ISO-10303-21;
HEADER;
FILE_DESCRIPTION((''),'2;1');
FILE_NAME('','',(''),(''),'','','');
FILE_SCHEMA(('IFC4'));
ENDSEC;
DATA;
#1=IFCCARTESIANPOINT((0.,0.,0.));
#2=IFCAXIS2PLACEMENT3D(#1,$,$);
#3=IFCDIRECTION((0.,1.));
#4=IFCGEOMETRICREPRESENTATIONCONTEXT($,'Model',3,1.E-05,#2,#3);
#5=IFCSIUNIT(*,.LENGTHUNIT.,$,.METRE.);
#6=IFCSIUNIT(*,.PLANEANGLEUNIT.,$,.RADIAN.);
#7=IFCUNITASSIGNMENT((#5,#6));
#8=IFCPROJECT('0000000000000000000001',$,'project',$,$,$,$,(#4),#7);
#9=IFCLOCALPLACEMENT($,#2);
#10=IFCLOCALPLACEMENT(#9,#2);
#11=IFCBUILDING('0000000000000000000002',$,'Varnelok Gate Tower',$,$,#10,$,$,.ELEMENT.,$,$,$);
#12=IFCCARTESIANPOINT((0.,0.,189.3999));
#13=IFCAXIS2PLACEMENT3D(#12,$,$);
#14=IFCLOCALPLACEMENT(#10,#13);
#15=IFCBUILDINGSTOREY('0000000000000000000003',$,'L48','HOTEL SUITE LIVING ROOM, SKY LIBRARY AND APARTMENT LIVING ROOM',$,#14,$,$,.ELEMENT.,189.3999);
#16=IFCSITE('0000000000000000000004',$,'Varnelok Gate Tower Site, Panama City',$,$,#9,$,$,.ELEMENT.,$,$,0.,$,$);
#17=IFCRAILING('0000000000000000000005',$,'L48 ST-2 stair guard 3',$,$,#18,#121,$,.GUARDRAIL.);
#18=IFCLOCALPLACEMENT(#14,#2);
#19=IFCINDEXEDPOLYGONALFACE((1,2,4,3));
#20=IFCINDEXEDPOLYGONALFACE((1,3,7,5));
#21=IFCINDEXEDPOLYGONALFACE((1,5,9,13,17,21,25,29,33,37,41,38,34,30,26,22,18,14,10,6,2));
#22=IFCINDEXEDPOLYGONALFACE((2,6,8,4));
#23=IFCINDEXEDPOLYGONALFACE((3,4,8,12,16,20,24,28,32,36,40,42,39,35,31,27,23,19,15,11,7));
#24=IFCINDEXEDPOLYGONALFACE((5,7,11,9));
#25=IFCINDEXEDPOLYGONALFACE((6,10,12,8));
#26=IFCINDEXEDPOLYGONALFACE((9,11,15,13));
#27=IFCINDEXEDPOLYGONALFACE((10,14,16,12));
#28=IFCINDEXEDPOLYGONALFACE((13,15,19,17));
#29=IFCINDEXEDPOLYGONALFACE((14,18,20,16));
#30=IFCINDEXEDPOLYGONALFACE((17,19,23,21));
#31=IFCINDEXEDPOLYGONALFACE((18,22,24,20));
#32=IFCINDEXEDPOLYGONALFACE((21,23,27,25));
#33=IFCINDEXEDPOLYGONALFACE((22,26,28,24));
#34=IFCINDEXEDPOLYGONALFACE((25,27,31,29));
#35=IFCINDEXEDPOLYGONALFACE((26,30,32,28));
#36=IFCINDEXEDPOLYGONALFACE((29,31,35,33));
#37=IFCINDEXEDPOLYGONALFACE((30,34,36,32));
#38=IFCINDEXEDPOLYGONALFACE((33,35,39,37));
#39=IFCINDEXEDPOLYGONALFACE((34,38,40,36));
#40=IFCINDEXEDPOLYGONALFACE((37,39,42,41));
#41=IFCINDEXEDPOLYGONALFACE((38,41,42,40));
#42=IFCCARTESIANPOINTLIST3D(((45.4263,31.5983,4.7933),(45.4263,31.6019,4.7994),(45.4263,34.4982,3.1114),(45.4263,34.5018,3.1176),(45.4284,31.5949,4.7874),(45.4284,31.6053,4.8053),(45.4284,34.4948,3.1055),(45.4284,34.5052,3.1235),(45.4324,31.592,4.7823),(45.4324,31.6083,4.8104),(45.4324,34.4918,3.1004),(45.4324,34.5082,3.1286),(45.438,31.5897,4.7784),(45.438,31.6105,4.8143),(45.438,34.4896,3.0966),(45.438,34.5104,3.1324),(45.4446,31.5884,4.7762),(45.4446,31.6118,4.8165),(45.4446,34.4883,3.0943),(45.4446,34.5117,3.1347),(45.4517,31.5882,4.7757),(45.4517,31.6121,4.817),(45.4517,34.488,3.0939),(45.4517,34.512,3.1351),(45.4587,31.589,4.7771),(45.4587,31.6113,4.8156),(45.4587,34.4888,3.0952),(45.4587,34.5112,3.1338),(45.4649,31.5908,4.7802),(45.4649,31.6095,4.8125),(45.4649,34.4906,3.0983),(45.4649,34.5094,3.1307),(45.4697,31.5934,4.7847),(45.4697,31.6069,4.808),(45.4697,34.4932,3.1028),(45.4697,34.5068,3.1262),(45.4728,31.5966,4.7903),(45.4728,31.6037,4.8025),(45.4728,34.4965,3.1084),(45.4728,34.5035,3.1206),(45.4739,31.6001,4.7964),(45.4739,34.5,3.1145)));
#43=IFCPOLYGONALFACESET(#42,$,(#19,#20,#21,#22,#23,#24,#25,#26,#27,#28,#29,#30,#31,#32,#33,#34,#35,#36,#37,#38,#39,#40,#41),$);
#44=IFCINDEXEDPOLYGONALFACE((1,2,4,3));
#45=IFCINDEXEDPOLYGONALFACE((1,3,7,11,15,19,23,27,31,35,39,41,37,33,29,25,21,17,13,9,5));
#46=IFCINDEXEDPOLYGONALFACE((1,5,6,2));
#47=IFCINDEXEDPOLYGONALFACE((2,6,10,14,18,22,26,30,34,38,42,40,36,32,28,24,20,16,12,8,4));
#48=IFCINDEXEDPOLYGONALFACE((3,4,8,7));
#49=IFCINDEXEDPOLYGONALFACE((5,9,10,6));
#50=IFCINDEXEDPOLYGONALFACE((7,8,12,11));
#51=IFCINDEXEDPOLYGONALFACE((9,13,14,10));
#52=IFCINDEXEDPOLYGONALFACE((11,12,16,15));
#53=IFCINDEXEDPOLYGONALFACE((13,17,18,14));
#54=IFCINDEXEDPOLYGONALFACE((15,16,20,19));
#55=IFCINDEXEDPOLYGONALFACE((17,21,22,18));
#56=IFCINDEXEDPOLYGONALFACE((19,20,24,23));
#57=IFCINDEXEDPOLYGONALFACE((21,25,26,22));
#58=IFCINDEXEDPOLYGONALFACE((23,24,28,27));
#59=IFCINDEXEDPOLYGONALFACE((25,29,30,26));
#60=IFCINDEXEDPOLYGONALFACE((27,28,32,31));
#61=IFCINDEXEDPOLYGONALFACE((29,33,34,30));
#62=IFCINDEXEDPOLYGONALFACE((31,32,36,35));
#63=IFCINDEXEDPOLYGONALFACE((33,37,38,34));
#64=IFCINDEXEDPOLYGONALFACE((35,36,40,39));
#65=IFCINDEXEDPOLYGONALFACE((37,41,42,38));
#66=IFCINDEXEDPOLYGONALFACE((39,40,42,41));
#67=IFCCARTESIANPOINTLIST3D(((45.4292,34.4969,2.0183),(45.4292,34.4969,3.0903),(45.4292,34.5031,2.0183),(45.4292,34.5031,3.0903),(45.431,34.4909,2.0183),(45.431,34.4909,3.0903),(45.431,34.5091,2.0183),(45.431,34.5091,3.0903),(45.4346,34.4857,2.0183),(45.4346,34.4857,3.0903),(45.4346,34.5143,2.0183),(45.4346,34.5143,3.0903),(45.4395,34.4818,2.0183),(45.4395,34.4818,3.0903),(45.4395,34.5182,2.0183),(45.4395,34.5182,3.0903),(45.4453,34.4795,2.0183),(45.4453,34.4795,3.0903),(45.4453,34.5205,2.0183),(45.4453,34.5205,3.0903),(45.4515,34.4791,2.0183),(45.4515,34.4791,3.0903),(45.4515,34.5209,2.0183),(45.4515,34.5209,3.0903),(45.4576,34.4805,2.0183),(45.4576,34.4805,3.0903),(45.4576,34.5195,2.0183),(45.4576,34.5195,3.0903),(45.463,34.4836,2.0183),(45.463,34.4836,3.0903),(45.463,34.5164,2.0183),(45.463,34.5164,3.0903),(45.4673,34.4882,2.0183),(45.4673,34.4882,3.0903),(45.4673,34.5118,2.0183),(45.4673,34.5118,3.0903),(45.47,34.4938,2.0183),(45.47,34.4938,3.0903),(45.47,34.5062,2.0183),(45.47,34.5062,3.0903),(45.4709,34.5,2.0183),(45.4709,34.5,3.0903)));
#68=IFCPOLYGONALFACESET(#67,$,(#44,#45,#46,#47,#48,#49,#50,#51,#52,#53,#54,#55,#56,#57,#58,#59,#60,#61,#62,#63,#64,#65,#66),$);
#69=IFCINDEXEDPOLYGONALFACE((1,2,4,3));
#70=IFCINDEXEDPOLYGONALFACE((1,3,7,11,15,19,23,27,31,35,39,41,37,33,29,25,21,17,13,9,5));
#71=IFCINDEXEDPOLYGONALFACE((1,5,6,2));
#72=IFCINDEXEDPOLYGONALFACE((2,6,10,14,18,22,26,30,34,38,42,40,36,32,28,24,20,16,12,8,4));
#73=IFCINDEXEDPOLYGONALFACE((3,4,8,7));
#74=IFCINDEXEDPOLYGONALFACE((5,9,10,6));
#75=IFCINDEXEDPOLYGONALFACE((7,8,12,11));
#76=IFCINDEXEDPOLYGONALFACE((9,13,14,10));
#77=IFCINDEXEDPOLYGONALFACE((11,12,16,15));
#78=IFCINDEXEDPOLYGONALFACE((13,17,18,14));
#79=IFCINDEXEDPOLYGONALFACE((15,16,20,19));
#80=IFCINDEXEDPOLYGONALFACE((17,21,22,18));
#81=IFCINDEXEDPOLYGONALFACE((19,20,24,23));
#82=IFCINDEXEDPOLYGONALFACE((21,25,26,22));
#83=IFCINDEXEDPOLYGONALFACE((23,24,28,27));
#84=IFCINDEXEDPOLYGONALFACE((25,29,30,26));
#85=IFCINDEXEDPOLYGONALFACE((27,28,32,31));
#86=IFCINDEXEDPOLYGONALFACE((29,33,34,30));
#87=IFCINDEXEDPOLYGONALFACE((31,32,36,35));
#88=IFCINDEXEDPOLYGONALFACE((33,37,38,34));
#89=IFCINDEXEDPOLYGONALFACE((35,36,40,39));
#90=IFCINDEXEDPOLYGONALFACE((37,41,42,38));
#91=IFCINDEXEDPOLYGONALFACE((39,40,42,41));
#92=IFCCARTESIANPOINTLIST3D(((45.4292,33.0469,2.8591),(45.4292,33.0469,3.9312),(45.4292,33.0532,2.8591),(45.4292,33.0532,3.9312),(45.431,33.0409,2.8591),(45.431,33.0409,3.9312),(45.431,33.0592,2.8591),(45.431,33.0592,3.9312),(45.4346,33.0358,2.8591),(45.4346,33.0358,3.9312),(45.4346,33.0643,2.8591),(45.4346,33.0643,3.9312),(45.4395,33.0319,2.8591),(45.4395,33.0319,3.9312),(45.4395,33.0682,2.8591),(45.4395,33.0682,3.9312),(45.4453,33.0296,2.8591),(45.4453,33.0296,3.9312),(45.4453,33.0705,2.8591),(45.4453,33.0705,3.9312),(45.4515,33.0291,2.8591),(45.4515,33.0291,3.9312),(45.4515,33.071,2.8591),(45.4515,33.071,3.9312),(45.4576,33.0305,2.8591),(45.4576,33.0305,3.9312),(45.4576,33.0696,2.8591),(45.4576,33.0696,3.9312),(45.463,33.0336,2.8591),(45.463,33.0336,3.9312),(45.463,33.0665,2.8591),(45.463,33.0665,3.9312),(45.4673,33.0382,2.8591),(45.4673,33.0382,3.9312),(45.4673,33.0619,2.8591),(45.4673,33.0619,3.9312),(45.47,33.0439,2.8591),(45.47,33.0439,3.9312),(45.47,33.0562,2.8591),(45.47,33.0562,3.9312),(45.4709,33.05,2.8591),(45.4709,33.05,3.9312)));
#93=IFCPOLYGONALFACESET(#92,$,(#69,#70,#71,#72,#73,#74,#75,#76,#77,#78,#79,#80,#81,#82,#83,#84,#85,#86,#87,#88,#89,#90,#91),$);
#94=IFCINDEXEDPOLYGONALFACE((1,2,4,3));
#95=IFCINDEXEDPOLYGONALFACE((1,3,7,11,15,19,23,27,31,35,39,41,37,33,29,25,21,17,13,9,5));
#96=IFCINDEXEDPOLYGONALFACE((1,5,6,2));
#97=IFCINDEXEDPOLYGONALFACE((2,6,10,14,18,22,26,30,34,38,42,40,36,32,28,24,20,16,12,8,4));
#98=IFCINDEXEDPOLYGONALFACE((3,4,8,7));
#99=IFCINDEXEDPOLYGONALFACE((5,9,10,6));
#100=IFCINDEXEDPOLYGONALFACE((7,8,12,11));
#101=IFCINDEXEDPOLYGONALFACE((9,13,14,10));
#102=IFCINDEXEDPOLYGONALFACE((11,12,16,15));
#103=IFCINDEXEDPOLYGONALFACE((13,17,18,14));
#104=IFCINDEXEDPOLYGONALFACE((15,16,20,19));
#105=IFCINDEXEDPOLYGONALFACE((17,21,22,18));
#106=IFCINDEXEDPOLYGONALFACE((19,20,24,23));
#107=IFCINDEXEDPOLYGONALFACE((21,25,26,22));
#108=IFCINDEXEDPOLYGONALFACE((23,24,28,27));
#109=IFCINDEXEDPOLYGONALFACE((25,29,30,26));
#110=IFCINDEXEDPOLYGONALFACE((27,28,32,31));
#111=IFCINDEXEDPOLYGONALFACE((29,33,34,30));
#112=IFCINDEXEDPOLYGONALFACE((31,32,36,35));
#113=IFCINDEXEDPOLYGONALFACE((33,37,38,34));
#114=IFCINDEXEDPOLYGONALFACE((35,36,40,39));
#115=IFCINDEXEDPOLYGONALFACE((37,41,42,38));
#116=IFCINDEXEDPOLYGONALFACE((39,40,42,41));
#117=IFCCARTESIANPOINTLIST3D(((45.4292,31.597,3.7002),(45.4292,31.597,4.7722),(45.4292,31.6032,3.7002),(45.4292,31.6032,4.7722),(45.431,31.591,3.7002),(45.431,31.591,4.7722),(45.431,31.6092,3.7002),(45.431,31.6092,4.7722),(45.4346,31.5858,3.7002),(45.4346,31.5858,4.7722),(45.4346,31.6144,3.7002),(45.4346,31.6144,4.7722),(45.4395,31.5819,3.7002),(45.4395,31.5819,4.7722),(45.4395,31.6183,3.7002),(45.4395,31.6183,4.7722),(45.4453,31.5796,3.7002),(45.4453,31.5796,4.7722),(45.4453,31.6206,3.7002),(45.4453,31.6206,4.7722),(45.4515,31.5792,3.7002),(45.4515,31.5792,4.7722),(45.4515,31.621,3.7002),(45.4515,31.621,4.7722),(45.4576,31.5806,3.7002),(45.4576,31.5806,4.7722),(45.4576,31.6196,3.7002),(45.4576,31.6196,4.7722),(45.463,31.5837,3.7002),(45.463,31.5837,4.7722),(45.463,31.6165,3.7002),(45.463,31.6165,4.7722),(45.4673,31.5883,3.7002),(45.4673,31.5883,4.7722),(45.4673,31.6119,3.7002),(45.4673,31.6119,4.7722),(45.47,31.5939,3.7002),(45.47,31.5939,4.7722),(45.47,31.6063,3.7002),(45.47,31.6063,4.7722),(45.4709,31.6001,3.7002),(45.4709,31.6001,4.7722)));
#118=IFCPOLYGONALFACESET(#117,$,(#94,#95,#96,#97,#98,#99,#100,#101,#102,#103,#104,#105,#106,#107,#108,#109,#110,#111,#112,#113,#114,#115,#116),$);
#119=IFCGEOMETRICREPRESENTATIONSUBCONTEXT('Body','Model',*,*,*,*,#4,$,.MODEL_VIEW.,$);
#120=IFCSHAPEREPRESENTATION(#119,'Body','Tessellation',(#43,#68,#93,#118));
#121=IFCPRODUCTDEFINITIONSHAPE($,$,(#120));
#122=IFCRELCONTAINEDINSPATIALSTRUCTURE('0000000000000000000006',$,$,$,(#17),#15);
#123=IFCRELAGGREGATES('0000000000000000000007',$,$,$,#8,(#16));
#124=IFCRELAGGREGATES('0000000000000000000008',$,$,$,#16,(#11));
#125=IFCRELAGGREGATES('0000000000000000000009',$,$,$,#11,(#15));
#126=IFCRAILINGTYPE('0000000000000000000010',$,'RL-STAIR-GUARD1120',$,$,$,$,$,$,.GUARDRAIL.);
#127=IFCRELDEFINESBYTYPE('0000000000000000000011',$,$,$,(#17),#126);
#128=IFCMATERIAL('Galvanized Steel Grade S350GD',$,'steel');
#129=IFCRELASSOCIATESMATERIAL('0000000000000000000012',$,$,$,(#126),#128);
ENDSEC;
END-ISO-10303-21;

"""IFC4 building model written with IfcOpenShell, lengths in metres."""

from ifc_helpers import new_model, si_unit, direction, frame, origin, origin_2d, place, context, subcontext, project, spatial, circle, extrude, material, type_object, element, save


model = new_model("IFC4")

# Units and contexts
model_context = context("Model", 3, precision=1e-05, world=origin(), true_north=direction((0.0, 1.0)))
body_context = subcontext(model_context, "Body", "Model", "MODEL_VIEW")
ifc_project = project(units=[si_unit("LENGTHUNIT", "METRE"), si_unit("PLANEANGLEUNIT", "RADIAN")], contexts=[model_context])

# Site, building, storey
site_placement = place(None, origin())
site = spatial("IfcSite", under=ifc_project, at=site_placement, Name="Varnelok Gate Tower Site, Panama City", CompositionType="ELEMENT", RefElevation=0.0)
building_placement = place(site_placement, origin())
building = spatial("IfcBuilding", under=site, at=building_placement, Name="Varnelok Gate Tower", CompositionType="ELEMENT")
storey_placement = place(building_placement, frame((0.0, 0.0, 189.3999)))
storey = spatial("IfcBuildingStorey", under=building, at=storey_placement, Name="L48", Description="HOTEL SUITE LIVING ROOM, SKY LIBRARY AND APARTMENT LIVING ROOM", CompositionType="ELEMENT", Elevation=189.3999)

# Shared definitions
ifc_material_1 = material(Name="Galvanized Steel Grade S350GD", Category="steel")

# Railing
railing_type_1 = type_object("IfcRailingType", Name="RL-STAIR-GUARD1120", PredefinedType="GUARDRAIL", material=ifc_material_1)
railing_1_placement = place(storey_placement, frame((45.45, 34.5, 2.0183)))
element("IfcRailing", 1, at=railing_1_placement, inside=storey, type_object=railing_type_1, Name="L48 ST-2 stair guard 3", PredefinedType="GUARDRAIL", context=body_context, shape_type="SweptSolid", body=[
    extrude(circle(Radius=0.0239, at=origin_2d()), frame((0.0, 0.0, 1.0962), z_axis=(0.0, -0.865039, 0.501705), x_axis=(1.0, 0.0, 0.0)), (0.0, 0.0, 1.0), 3.3523),
    extrude(circle(Radius=0.021, at=origin_2d()), origin(), (0.0, 0.0, 1.0), 1.072),
    extrude(circle(Radius=0.021, at=origin_2d()), frame((0.0, -1.45, 0.8408)), (0.0, 0.0, 1.0), 1.072),
    extrude(circle(Radius=0.021, at=origin_2d()), frame((0.0, -2.8999, 1.6819)), (0.0, 0.0, 1.0), 1.072),
])

save(model, "model.ifc")
